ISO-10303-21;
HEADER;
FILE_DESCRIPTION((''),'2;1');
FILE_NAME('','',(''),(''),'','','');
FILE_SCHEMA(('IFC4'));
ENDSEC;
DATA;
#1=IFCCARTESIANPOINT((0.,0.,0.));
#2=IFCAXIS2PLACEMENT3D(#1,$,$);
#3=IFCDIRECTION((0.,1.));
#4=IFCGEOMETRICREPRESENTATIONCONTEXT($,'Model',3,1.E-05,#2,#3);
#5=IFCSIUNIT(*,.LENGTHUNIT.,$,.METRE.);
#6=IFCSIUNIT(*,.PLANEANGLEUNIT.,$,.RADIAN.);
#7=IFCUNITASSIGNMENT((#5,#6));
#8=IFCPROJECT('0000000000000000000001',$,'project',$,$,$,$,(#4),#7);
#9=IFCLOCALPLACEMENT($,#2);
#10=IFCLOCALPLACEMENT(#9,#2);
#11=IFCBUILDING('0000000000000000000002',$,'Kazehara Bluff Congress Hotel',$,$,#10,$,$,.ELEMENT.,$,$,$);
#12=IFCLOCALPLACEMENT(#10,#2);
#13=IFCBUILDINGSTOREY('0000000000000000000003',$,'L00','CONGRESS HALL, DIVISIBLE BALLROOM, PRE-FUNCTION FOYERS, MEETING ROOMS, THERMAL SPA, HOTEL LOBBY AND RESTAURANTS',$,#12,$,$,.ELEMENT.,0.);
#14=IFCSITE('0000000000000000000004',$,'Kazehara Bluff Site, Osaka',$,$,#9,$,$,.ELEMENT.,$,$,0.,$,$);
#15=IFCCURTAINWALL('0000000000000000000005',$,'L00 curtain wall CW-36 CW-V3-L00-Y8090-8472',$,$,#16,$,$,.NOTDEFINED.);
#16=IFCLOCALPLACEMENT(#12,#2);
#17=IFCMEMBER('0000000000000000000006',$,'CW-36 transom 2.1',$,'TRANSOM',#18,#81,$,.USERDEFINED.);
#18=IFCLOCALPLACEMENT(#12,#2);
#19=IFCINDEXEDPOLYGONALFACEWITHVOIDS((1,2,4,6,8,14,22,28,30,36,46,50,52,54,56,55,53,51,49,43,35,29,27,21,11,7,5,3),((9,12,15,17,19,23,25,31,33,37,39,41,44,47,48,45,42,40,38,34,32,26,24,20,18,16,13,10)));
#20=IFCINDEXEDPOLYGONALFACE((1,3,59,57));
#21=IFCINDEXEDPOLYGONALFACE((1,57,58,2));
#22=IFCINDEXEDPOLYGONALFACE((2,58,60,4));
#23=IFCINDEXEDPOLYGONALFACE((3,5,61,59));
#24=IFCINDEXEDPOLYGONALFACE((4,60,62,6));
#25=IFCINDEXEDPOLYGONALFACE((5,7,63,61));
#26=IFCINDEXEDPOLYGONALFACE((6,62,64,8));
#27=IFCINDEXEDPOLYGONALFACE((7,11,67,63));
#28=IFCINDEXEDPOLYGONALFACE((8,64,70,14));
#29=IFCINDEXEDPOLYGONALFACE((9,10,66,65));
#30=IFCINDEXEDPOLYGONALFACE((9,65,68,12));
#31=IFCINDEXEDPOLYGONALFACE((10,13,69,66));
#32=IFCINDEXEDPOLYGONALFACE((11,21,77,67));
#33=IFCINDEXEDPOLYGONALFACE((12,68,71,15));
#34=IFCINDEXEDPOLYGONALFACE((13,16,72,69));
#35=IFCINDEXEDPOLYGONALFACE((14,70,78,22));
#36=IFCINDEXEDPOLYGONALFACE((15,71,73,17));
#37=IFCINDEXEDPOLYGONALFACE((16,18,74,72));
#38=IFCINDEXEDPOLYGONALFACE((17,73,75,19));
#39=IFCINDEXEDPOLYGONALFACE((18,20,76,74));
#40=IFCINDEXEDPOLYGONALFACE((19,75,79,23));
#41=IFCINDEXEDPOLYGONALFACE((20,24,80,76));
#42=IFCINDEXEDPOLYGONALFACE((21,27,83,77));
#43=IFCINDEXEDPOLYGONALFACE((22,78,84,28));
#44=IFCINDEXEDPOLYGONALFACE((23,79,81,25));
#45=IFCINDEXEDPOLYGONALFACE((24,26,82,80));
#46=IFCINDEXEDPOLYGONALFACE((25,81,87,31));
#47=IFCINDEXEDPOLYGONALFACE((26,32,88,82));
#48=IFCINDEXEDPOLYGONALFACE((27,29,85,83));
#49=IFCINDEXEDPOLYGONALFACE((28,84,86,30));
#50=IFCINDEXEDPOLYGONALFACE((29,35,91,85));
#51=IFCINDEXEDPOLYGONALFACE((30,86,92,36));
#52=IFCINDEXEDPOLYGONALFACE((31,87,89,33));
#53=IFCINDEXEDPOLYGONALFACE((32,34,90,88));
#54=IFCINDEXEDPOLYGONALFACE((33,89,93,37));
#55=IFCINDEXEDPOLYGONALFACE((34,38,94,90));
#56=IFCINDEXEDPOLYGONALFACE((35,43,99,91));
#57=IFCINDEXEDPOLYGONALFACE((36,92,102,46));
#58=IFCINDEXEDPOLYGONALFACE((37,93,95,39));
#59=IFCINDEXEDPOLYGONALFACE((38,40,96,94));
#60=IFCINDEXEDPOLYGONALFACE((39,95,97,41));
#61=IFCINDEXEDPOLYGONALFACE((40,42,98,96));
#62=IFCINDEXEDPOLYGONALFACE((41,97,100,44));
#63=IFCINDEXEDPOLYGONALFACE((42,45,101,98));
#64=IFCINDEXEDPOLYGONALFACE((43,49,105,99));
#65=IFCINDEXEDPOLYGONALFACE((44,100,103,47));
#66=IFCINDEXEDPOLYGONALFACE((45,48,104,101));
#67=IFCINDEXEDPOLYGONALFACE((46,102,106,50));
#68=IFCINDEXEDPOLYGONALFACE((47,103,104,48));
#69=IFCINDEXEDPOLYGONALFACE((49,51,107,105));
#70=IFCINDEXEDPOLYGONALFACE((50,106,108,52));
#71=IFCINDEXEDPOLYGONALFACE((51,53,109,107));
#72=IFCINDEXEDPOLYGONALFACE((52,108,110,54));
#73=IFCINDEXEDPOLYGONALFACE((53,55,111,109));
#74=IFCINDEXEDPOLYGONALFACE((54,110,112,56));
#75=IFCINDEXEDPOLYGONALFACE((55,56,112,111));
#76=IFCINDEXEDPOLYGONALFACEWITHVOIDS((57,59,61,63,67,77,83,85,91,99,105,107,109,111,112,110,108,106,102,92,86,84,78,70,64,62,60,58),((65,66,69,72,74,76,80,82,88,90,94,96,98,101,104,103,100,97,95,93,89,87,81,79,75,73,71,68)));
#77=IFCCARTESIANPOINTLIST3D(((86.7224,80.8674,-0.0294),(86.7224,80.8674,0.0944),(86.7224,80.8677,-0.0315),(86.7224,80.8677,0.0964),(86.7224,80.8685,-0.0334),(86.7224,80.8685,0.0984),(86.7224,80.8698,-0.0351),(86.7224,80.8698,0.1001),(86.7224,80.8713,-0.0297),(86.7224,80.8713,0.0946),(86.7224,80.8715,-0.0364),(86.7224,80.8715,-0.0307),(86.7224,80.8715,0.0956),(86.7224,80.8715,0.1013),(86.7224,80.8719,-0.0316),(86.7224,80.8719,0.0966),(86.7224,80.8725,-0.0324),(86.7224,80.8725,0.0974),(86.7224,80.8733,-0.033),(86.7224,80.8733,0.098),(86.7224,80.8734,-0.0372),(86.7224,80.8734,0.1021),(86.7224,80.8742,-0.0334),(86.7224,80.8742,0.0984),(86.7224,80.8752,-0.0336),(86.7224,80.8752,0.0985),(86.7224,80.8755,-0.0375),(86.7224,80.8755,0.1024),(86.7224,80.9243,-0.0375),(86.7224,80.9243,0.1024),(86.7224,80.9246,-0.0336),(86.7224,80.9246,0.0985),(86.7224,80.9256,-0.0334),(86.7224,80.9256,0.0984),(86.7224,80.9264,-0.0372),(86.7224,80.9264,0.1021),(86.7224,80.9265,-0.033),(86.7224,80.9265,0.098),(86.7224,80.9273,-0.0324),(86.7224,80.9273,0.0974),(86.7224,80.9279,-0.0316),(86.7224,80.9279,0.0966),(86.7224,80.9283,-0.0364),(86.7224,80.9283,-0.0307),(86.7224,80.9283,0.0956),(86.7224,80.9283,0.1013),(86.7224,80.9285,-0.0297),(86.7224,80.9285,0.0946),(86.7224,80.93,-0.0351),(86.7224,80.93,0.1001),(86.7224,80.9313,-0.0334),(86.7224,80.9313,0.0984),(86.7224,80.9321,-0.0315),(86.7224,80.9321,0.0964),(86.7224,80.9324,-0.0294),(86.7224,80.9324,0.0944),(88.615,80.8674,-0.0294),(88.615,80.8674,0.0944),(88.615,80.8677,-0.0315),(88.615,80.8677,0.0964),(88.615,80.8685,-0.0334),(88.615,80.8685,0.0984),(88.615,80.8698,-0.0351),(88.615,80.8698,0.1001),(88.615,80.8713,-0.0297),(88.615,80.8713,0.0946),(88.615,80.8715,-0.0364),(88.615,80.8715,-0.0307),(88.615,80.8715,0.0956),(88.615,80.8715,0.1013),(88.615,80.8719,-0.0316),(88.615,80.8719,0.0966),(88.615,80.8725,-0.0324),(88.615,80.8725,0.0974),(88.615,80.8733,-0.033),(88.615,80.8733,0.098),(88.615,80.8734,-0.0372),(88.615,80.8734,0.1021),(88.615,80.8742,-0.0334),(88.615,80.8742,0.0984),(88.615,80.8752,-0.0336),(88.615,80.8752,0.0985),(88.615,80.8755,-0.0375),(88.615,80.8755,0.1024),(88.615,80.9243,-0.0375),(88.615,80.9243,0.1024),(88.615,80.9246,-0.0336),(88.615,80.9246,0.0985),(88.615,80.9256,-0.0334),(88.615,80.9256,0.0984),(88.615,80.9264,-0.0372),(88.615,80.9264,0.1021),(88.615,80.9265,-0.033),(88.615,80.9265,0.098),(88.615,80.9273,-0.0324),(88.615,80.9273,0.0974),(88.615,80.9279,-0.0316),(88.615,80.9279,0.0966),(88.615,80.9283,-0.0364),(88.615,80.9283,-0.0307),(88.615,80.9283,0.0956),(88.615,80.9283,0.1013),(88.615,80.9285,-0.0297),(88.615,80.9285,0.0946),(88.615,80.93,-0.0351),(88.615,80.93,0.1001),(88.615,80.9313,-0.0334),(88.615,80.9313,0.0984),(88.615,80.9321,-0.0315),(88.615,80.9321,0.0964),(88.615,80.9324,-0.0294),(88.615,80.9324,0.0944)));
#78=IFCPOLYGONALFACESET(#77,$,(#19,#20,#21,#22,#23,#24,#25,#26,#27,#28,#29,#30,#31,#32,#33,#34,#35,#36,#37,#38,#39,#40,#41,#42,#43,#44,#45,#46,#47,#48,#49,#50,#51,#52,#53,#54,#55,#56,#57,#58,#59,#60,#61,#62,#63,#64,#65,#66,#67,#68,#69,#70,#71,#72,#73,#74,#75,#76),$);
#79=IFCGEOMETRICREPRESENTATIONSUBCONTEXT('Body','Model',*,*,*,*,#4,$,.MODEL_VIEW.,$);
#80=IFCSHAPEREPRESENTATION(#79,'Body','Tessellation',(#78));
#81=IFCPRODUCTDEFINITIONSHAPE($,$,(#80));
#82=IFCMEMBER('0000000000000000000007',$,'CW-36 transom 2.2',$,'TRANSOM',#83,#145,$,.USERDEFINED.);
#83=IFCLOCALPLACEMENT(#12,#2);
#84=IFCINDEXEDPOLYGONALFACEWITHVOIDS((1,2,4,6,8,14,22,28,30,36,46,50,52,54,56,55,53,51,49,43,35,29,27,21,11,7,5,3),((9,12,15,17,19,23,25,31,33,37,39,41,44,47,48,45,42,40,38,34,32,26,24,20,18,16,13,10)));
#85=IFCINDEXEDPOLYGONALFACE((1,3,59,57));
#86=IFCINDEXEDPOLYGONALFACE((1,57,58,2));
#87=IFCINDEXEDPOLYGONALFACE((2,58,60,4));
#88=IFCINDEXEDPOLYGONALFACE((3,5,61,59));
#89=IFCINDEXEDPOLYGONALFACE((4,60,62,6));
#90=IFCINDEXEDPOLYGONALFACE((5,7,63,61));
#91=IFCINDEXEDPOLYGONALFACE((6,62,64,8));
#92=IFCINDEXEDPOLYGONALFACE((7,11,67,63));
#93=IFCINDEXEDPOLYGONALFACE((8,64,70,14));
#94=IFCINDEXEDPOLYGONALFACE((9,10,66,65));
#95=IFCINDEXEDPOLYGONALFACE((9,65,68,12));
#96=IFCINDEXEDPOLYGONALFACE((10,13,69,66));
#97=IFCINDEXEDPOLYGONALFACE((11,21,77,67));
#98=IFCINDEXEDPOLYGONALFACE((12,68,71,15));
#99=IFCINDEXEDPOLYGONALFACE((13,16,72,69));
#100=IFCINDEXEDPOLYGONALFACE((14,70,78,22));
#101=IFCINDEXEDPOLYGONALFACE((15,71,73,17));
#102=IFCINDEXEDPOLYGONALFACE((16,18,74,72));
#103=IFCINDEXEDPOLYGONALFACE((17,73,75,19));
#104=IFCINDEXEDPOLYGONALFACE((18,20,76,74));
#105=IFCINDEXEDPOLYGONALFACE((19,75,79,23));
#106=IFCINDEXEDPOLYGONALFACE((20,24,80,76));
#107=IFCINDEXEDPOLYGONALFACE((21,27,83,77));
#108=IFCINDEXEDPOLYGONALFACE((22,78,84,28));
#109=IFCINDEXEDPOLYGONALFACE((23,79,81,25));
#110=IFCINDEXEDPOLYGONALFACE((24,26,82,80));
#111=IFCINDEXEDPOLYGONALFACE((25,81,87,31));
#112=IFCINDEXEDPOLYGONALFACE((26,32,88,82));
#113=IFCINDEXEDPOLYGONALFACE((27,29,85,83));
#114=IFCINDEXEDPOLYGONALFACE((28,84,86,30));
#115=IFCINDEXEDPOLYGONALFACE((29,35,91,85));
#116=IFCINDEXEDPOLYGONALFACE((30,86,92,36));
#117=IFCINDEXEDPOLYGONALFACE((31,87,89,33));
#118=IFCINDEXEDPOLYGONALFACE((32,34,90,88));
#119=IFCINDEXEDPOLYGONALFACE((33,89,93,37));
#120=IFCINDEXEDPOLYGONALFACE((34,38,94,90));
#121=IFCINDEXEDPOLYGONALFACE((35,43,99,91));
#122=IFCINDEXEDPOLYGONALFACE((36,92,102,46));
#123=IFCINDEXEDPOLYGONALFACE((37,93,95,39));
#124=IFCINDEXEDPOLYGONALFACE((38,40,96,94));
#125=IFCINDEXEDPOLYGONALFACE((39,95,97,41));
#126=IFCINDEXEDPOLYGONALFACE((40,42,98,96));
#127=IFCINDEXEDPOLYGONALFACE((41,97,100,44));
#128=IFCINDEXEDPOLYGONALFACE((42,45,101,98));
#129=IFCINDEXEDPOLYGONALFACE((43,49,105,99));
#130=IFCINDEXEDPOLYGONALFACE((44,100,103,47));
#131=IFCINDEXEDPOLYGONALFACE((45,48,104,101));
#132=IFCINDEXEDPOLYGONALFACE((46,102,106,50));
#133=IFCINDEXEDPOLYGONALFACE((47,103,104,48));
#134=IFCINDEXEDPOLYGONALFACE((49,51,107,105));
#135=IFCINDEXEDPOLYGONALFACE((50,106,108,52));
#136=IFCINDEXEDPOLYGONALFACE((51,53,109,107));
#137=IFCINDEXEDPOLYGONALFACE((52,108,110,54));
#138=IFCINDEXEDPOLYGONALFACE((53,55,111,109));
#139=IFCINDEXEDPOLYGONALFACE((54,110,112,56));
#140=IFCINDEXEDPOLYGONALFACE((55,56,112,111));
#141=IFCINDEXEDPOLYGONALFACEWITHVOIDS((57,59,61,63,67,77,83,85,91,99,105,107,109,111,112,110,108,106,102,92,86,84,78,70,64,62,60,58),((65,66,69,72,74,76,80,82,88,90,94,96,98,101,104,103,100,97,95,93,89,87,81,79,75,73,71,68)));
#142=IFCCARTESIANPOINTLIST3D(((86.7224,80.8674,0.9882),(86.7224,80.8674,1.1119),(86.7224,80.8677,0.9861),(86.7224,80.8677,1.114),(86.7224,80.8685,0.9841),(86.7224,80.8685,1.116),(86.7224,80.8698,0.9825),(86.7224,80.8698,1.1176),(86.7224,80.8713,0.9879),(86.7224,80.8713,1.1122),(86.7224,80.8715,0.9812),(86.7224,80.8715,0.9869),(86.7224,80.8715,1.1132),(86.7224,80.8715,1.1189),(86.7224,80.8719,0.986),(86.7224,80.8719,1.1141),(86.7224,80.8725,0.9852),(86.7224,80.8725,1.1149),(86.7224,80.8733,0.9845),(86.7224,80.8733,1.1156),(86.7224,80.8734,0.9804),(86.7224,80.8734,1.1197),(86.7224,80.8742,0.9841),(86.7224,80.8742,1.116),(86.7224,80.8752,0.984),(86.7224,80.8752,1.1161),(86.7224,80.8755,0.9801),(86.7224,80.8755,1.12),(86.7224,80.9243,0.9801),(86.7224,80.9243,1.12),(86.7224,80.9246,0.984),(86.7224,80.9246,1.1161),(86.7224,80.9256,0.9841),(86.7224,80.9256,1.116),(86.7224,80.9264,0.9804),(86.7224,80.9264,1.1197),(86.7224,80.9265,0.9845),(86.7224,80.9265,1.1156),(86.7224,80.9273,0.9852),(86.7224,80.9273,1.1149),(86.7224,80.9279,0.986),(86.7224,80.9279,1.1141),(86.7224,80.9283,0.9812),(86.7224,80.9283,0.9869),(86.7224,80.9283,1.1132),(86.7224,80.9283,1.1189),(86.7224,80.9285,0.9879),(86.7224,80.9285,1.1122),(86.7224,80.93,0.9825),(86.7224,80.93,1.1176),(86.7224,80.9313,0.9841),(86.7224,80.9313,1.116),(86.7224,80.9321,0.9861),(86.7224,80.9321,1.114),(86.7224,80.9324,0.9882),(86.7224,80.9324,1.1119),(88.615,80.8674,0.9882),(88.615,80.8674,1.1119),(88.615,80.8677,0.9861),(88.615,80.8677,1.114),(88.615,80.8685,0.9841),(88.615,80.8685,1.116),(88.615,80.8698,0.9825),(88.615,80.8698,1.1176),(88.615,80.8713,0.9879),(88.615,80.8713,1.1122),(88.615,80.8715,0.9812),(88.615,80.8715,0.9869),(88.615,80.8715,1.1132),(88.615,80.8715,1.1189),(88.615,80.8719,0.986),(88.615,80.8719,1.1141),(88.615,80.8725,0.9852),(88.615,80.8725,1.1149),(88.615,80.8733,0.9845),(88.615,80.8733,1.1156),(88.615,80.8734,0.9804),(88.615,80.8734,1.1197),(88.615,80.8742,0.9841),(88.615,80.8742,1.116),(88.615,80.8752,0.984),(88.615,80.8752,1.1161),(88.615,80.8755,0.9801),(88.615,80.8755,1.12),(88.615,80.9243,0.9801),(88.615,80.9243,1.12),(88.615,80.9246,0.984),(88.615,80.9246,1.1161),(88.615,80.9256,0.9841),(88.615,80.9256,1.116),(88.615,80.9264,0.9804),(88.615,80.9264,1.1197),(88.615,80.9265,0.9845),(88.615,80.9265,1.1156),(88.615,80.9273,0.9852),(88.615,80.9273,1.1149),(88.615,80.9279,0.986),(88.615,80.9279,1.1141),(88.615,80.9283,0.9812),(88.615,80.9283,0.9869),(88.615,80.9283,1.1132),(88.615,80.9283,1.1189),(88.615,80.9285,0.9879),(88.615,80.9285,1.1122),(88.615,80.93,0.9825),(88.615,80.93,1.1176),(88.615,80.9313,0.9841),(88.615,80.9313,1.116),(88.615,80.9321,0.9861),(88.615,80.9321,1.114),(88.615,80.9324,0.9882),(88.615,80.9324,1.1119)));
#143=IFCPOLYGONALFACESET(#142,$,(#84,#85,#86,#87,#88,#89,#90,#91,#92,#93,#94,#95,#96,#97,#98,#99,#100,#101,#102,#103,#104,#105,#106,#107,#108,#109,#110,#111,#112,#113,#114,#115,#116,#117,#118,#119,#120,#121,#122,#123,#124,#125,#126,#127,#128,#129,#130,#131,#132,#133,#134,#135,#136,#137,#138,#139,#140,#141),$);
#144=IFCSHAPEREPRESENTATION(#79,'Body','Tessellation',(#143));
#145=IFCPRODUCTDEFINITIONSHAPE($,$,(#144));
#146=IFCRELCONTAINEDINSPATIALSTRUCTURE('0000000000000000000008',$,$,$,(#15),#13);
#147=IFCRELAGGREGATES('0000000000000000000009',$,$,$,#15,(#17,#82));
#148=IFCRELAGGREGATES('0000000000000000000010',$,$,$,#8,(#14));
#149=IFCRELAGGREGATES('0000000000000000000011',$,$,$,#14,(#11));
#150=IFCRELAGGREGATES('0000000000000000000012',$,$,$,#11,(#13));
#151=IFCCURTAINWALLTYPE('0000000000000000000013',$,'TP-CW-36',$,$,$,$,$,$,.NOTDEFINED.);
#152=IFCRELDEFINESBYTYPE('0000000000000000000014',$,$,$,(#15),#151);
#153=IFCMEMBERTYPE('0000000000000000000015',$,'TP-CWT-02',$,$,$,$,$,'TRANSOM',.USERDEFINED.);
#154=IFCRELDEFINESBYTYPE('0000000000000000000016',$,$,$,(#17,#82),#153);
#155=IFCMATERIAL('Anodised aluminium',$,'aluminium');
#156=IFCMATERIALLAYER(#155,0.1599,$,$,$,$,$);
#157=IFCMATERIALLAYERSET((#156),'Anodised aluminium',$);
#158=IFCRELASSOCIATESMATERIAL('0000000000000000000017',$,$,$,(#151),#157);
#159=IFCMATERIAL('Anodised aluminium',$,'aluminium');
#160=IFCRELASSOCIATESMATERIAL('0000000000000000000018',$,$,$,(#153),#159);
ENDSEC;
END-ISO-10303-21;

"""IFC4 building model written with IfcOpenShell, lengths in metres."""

from ifc_helpers import new_model, si_unit, direction, frame, origin, origin_2d, place, context, subcontext, project, spatial, hollow_rectangle, extrude, material, layer, layer_set, material_profile, profile_set, type_object, element, aggregate, save


model = new_model("IFC4")

# Units and contexts
model_context = context("Model", 3, precision=1e-05, world=origin(), true_north=direction((0.0, 1.0)))
body_context = subcontext(model_context, "Body", "Model", "MODEL_VIEW")
ifc_project = project(units=[si_unit("LENGTHUNIT", "METRE"), si_unit("PLANEANGLEUNIT", "RADIAN")], contexts=[model_context])

# Site, building, storey
site_placement = place(None, origin())
site = spatial("IfcSite", under=ifc_project, at=site_placement, Name="Kazehara Bluff Site, Osaka", CompositionType="ELEMENT", RefElevation=0.0)
building_placement = place(site_placement, origin())
building = spatial("IfcBuilding", under=site, at=building_placement, Name="Kazehara Bluff Congress Hotel", CompositionType="ELEMENT")
storey_placement = place(building_placement, origin())
storey = spatial("IfcBuildingStorey", under=building, at=storey_placement, Name="L00", Description="CONGRESS HALL, DIVISIBLE BALLROOM, PRE-FUNCTION FOYERS, MEETING ROOMS, THERMAL SPA, HOTEL LOBBY AND RESTAURANTS", CompositionType="ELEMENT", Elevation=0.0)

# Shared definitions
ifc_material_1 = material(Name="Anodised aluminium", Category="aluminium")
ifc_layer_1 = layer(ifc_material_1, 0.1599)
ifc_layer_set_1 = layer_set([ifc_layer_1], Name="Anodised aluminium")
curtain_wall_type = type_object("IfcCurtainWallType", Name="TP-CW-36", PredefinedType="NOTDEFINED", material=ifc_layer_set_1)

# Curtain wall
curtain_wall_1_placement = place(storey_placement, origin())
curtain_wall_1 = element("IfcCurtainWall", 1, at=curtain_wall_1_placement, inside=storey, type_object=curtain_wall_type, Name="L00 curtain wall CW-36 CW-V3-L00-Y8090-8472", PredefinedType="NOTDEFINED")

# Members
ifc_material_2 = material(Name="Anodised aluminium", Category="aluminium")
ifc_material_profile_1 = material_profile(ifc_material_2, hollow_rectangle(XDim=0.0649, YDim=0.1399, WallThickness=0.0039, InnerFilletRadius=0.0039, OuterFilletRadius=0.0081, at=origin_2d()))
ifc_profile_set_1 = profile_set([ifc_material_profile_1], Name="Anodised aluminium")
member_type_1 = type_object("IfcMemberType", Name="TP-CWT-02", ElementType="TRANSOM", PredefinedType="USERDEFINED", material=ifc_profile_set_1)
member_1_placement = place(storey_placement, frame((86.7224, 80.8999, 0.0325), z_axis=(1.0, 0.0, 0.0), x_axis=(0.0, 1.0, 0.0)))
member_1 = element("IfcMember", 2, at=member_1_placement, type_object=member_type_1, Name="CW-36 transom 2.1", ObjectType="TRANSOM", PredefinedType="USERDEFINED", context=body_context, shape_type="SweptSolid", body=[
    extrude(hollow_rectangle(XDim=0.0649, YDim=0.1399, WallThickness=0.0039, InnerFilletRadius=0.0039, OuterFilletRadius=0.0081, at=origin_2d()), origin(), (0.0, 0.0, 1.0), 1.8926),
])
member_2_placement = place(storey_placement, frame((86.7224, 80.8999, 1.05), z_axis=(1.0, 0.0, 0.0), x_axis=(0.0, 1.0, 0.0)))
member_2 = element("IfcMember", 3, at=member_2_placement, type_object=member_type_1, Name="CW-36 transom 2.2", ObjectType="TRANSOM", PredefinedType="USERDEFINED", context=body_context, shape_type="SweptSolid", body=[
    extrude(hollow_rectangle(XDim=0.0649, YDim=0.1399, WallThickness=0.0039, InnerFilletRadius=0.0039, OuterFilletRadius=0.0081, at=origin_2d()), origin(), (0.0, 0.0, 1.0), 1.8926),
])

aggregate(curtain_wall_1, [member_1, member_2])

save(model, "model.ifc")
